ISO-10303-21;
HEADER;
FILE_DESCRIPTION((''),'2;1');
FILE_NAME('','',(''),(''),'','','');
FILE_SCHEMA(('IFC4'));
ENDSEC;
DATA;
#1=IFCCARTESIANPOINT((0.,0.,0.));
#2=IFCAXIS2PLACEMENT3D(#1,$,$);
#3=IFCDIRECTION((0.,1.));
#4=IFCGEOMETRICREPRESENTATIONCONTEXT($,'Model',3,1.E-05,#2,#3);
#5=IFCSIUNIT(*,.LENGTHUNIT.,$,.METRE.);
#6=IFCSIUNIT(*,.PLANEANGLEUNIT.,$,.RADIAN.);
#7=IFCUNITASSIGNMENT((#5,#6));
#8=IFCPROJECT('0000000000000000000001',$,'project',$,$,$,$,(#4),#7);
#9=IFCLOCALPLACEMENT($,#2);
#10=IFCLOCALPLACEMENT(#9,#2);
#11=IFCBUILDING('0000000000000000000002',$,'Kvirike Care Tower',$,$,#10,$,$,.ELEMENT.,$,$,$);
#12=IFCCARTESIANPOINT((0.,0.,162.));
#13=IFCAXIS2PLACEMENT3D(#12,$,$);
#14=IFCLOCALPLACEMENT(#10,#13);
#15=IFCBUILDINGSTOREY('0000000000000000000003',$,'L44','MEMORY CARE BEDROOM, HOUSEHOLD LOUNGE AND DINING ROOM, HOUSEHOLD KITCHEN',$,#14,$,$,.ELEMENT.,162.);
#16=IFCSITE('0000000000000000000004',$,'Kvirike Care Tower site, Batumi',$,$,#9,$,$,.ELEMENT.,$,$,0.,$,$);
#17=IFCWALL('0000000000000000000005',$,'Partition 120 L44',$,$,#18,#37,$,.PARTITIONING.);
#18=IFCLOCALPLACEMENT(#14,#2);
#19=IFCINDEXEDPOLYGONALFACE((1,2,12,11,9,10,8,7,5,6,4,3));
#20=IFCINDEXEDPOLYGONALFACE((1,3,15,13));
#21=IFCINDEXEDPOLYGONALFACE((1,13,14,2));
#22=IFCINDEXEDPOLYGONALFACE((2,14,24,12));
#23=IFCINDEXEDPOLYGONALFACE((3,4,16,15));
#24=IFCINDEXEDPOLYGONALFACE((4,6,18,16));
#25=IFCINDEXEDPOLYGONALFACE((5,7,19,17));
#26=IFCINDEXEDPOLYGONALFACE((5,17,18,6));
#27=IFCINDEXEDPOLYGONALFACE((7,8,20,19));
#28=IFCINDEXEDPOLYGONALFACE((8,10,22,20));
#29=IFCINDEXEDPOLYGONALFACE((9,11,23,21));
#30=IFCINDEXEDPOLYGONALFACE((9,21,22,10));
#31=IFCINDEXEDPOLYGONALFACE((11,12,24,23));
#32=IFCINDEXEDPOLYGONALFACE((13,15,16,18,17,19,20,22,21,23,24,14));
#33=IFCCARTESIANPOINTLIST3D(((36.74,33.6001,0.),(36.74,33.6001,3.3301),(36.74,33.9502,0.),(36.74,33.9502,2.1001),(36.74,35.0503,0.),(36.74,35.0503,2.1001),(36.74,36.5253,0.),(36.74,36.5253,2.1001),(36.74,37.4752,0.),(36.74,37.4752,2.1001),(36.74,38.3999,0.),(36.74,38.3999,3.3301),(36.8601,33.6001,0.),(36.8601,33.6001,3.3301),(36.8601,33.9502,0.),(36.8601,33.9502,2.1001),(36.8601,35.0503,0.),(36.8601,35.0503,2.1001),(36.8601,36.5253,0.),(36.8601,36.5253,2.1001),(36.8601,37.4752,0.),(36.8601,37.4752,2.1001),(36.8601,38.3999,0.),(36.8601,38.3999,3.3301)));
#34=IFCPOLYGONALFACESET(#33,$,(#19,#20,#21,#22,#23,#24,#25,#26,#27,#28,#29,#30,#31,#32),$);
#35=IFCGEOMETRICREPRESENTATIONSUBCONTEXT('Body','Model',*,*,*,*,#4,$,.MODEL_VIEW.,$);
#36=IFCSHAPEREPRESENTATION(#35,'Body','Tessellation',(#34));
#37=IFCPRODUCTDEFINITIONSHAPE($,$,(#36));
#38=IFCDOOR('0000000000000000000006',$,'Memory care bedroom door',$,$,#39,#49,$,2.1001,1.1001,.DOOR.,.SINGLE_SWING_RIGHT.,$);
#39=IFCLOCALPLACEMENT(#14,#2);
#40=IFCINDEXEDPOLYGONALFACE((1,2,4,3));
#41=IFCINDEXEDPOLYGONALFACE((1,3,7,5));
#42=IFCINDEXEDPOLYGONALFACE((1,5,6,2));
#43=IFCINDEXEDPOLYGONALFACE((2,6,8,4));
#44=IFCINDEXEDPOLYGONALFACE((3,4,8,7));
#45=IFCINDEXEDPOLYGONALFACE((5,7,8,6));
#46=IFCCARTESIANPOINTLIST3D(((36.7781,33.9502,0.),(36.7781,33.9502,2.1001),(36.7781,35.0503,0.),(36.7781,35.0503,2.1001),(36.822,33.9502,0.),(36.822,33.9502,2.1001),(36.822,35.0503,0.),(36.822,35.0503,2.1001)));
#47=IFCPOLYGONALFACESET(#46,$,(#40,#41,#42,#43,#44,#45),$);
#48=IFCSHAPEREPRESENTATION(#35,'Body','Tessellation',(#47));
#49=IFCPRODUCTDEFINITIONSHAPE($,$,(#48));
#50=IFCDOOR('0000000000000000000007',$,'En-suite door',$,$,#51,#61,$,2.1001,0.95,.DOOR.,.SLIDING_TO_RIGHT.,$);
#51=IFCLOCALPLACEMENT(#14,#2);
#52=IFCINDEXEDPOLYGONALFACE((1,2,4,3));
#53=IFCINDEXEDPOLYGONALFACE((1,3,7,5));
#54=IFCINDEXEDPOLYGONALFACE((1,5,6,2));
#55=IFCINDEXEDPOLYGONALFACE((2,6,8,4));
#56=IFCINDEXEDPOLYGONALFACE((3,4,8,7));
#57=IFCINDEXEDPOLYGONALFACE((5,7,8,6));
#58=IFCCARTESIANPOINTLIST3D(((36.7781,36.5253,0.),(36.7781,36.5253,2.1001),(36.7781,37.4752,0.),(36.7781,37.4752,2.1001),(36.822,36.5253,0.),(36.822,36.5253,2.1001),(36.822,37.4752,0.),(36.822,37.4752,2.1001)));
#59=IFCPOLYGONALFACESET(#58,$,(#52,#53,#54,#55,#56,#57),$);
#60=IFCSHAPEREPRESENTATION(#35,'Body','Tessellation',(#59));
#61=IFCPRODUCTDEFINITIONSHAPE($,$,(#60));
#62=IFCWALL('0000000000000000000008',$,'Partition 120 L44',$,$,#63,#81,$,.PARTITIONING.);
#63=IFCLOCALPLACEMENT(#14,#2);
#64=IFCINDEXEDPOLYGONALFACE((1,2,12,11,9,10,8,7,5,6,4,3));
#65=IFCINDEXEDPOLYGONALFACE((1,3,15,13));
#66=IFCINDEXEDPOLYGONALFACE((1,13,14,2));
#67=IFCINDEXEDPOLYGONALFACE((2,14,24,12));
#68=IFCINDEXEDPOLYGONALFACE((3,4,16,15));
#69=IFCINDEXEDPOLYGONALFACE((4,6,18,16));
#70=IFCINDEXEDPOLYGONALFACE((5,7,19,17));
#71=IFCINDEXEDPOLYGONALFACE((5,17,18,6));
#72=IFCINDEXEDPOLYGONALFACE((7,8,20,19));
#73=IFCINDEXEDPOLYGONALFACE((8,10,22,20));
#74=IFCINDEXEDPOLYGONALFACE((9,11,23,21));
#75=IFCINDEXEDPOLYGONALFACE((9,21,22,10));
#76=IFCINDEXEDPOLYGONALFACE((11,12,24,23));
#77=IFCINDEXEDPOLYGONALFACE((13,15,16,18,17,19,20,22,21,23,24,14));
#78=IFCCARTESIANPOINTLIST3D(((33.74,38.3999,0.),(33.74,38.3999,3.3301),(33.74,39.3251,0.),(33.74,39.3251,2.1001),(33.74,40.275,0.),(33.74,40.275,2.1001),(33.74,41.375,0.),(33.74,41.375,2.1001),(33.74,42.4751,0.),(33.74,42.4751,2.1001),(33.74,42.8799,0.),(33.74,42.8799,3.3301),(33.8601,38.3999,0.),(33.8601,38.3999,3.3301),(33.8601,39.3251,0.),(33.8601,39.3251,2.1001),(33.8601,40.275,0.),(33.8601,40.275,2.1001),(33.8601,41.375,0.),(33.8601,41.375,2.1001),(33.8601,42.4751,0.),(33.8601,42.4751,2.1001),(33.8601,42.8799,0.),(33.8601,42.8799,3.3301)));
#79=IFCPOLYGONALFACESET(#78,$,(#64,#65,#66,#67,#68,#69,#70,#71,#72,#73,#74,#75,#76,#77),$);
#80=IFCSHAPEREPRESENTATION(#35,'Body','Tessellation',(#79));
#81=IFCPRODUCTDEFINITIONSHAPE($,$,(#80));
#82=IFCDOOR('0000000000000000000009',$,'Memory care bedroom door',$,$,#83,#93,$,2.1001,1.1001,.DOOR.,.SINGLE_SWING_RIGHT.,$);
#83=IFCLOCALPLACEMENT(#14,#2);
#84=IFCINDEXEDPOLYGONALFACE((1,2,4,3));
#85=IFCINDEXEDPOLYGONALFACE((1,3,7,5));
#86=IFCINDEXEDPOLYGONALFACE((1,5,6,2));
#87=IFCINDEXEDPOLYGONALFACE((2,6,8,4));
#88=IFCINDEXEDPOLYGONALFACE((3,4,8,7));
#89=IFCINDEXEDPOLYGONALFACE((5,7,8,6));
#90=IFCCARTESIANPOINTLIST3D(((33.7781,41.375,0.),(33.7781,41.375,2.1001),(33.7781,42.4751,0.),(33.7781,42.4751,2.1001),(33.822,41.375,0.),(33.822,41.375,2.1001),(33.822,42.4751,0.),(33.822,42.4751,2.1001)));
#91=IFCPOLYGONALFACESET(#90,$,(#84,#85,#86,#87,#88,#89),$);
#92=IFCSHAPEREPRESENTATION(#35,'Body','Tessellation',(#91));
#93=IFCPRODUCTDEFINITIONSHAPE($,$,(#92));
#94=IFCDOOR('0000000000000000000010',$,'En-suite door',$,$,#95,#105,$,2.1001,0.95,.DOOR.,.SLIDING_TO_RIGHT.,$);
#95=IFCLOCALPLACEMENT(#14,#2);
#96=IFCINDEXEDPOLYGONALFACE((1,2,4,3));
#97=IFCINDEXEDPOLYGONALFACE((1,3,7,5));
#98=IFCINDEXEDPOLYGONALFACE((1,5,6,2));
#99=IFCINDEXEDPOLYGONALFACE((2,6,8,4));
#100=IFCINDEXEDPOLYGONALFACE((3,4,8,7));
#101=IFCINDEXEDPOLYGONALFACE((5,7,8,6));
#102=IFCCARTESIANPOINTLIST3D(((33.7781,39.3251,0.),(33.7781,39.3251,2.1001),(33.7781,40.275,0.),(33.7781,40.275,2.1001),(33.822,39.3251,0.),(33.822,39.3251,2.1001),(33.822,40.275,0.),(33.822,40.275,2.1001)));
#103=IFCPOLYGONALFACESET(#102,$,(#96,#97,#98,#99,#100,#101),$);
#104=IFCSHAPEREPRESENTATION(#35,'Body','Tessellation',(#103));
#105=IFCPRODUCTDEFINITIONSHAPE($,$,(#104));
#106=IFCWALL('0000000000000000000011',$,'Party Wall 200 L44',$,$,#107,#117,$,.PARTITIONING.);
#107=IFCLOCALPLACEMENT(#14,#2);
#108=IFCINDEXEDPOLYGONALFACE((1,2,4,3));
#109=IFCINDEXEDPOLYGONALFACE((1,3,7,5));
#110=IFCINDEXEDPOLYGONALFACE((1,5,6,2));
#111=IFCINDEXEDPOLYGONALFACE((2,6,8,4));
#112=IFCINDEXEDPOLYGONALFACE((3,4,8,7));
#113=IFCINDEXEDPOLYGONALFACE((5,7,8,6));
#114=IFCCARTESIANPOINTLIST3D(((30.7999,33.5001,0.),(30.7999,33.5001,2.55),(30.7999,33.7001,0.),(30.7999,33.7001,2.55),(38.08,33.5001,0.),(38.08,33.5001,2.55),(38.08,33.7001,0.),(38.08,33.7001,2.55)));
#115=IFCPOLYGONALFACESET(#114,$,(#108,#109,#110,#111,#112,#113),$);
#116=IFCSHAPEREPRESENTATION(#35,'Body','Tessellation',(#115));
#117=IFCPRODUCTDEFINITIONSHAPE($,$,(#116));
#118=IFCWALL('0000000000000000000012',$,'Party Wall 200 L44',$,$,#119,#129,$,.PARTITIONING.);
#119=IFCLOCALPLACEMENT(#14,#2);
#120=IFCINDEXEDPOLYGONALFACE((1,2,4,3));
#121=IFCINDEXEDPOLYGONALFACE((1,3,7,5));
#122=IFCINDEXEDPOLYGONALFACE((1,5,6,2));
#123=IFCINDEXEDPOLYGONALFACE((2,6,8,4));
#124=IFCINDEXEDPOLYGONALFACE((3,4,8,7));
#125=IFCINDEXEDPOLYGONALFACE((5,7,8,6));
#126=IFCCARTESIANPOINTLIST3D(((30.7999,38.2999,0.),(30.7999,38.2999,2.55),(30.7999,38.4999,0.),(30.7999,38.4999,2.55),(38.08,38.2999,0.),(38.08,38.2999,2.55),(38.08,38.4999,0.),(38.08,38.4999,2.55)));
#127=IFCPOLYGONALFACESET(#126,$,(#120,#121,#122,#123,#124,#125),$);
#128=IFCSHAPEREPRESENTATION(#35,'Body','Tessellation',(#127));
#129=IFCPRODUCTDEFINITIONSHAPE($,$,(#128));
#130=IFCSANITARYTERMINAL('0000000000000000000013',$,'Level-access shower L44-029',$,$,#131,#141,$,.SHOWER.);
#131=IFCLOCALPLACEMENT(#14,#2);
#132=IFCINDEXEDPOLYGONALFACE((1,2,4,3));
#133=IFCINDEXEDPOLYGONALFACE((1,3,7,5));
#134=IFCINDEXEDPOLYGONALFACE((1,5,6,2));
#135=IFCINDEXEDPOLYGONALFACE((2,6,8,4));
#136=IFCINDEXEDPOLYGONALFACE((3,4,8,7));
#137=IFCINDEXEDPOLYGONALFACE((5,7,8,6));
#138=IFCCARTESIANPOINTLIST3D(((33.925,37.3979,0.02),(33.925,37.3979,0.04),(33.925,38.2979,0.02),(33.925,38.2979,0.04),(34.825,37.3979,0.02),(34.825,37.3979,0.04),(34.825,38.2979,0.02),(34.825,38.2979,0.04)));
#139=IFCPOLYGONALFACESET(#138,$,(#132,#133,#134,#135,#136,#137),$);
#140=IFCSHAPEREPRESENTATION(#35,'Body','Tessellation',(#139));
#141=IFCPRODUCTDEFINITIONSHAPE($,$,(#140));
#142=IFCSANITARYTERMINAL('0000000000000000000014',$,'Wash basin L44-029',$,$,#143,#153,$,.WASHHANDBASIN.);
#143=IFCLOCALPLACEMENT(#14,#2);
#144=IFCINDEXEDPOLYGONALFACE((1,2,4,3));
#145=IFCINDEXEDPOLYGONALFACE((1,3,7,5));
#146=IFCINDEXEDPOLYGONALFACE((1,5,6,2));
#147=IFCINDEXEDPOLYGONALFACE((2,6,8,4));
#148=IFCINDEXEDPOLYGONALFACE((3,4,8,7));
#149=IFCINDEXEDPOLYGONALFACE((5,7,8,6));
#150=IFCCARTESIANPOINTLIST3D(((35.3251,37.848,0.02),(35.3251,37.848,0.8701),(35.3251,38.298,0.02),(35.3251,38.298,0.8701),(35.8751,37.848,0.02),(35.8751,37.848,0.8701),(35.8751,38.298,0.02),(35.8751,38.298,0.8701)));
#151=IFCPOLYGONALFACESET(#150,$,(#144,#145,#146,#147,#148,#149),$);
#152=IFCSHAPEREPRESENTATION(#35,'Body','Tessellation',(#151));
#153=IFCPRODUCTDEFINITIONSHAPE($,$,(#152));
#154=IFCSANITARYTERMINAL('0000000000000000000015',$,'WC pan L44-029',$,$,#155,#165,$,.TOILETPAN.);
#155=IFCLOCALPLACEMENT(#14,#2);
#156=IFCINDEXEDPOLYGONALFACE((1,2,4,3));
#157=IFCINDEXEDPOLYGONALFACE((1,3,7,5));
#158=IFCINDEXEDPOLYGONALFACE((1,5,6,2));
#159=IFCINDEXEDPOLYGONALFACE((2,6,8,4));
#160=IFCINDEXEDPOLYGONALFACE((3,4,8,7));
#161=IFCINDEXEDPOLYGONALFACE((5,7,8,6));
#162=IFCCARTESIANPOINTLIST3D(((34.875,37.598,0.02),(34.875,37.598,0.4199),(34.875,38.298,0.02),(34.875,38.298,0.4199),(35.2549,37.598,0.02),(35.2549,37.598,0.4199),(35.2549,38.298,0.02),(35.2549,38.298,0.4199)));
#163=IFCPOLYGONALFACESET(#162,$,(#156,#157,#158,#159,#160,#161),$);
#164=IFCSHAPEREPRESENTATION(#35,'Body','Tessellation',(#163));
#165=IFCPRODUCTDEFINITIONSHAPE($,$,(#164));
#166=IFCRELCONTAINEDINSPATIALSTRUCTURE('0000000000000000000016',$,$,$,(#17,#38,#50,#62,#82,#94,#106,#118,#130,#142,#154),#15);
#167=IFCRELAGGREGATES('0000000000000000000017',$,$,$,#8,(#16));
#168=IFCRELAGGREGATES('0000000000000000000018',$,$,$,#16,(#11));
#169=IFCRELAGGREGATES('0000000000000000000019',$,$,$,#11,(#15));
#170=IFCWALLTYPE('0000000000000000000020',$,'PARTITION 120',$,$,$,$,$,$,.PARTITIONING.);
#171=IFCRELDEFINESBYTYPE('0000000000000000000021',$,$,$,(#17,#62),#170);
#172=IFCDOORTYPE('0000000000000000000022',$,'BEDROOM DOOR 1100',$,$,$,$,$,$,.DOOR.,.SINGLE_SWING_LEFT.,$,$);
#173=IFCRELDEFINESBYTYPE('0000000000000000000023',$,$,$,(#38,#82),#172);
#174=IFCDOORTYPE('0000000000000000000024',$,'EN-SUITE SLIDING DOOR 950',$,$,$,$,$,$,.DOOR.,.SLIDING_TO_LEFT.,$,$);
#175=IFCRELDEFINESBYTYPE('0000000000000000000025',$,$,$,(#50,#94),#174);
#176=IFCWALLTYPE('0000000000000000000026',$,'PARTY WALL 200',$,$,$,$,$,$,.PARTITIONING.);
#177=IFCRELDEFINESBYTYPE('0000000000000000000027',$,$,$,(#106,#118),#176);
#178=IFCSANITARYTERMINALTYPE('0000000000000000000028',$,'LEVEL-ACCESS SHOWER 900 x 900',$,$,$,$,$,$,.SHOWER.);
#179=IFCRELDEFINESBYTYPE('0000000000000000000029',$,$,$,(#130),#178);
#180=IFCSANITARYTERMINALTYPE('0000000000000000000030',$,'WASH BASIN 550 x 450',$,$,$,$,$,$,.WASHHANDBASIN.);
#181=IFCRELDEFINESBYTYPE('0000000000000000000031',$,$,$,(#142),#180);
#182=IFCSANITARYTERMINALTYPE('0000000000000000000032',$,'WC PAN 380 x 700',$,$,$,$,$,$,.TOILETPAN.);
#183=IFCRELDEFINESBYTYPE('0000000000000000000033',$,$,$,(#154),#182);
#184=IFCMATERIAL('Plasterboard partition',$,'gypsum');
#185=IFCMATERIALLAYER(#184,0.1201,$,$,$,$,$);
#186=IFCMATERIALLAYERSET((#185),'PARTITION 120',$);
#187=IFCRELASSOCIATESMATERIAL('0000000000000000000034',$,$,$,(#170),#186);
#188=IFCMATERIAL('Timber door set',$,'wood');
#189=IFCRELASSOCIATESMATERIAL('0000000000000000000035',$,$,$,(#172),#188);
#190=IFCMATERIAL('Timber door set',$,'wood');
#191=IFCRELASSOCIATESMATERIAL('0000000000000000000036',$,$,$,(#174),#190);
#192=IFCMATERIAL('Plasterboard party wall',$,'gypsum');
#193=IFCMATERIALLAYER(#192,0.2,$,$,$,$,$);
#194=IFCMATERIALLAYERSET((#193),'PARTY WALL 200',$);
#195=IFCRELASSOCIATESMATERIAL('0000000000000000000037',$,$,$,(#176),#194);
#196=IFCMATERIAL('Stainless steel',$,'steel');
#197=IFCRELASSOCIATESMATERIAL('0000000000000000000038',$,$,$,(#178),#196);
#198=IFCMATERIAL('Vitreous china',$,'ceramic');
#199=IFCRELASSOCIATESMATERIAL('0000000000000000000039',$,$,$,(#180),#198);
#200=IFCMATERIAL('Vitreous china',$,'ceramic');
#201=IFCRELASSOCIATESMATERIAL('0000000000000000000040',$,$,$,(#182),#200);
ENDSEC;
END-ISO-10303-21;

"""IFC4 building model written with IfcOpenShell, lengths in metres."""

from ifc_helpers import new_model, si_unit, direction, frame, frame_2d, origin, origin_2d, place, context, subcontext, project, spatial, rectangle, extrude, material, layer, layer_set, type_object, element, fill, save


model = new_model("IFC4")

# Units and contexts
model_context = context("Model", 3, precision=1e-05, world=origin(), true_north=direction((0.0, 1.0)))
body_context = subcontext(model_context, "Body", "Model", "MODEL_VIEW")
ifc_project = project(units=[si_unit("LENGTHUNIT", "METRE"), si_unit("PLANEANGLEUNIT", "RADIAN")], contexts=[model_context])

# Site, building, storey
site_placement = place(None, origin())
site = spatial("IfcSite", under=ifc_project, at=site_placement, Name="Kvirike Care Tower site, Batumi", CompositionType="ELEMENT", RefElevation=0.0)
building_placement = place(site_placement, origin())
building = spatial("IfcBuilding", under=site, at=building_placement, Name="Kvirike Care Tower", CompositionType="ELEMENT")
storey_placement = place(building_placement, frame((0.0, 0.0, 162.0)))
storey = spatial("IfcBuildingStorey", under=building, at=storey_placement, Name="L44", Description="MEMORY CARE BEDROOM, HOUSEHOLD LOUNGE AND DINING ROOM, HOUSEHOLD KITCHEN", CompositionType="ELEMENT", Elevation=162.0)

# Walls, openings, doors
ifc_material_1 = material(Name="Plasterboard partition", Category="gypsum")
ifc_layer_1 = layer(ifc_material_1, 0.1201)
ifc_layer_set_1 = layer_set([ifc_layer_1], Name="PARTITION 120")
wall_type_1 = type_object("IfcWallType", Name="PARTITION 120", PredefinedType="PARTITIONING", material=ifc_layer_set_1)
wall_1_placement = place(storey_placement, frame((36.8, 33.6001, 0.0), z_axis=(0.0, 0.0, 1.0), x_axis=(0.0, 1.0, 0.0)))
wall_1 = element("IfcWall", 1, at=wall_1_placement, inside=storey, type_object=wall_type_1, Name="Partition 120 L44", PredefinedType="PARTITIONING", context=body_context, shape_type="SweptSolid", body=[
    extrude(rectangle(XDim=4.7998, YDim=0.1201, at=frame_2d((2.3999, 0.0))), origin(), (0.0, 0.0, 1.0), 3.3301),
])
opening_1_placement = place(wall_1_placement, frame((0.3501, 0.0, 0.0)))
opening_1 = element("IfcOpeningElement", 2, at=opening_1_placement, cuts=wall_1, PredefinedType="OPENING", context=body_context, shape_type="SweptSolid", body=[
    extrude(rectangle(XDim=1.1001, YDim=2.1001, at=frame_2d((0.55, 1.05))), frame((0.0, 0.0706, 0.0), z_axis=(0.0, -1.0, 0.0), x_axis=(1.0, 0.0, 0.0)), (0.0, 0.0, 1.0), 0.1411),
])
opening_2_placement = place(wall_1_placement, frame((2.925, 0.0, 0.0)))
opening_2 = element("IfcOpeningElement", 3, at=opening_2_placement, cuts=wall_1, PredefinedType="OPENING", context=body_context, shape_type="SweptSolid", body=[
    extrude(rectangle(XDim=0.95, YDim=2.1001, at=frame_2d((0.4751, 1.05))), frame((0.0, 0.0706, 0.0), z_axis=(0.0, -1.0, 0.0), x_axis=(1.0, 0.0, 0.0)), (0.0, 0.0, 1.0), 0.1411),
])
ifc_material_2 = material(Name="Timber door set", Category="wood")
door_type_1 = type_object("IfcDoorType", Name="BEDROOM DOOR 1100", OperationType="SINGLE_SWING_LEFT", PredefinedType="DOOR", material=ifc_material_2)
door_1_placement = place(opening_1_placement, origin())
door_1 = element("IfcDoor", 4, at=door_1_placement, inside=storey, type_object=door_type_1, Name="Memory care bedroom door", OperationType="SINGLE_SWING_RIGHT", OverallHeight=2.1001, OverallWidth=1.1001, PredefinedType="DOOR", context=body_context, shape_type="SweptSolid", body=[
    extrude(rectangle(XDim=1.1001, YDim=2.1001, at=frame_2d((0.55, 1.05))), frame((0.0, 0.022, 0.0), z_axis=(0.0, -1.0, 0.0), x_axis=(1.0, 0.0, 0.0)), (0.0, 0.0, 1.0), 0.0439),
])
fill(opening_1, door_1)
ifc_material_3 = material(Name="Timber door set", Category="wood")
door_type_2 = type_object("IfcDoorType", Name="EN-SUITE SLIDING DOOR 950", OperationType="SLIDING_TO_LEFT", PredefinedType="DOOR", material=ifc_material_3)
door_2_placement = place(opening_2_placement, origin())
door_2 = element("IfcDoor", 5, at=door_2_placement, inside=storey, type_object=door_type_2, Name="En-suite door", OperationType="SLIDING_TO_RIGHT", OverallHeight=2.1001, OverallWidth=0.95, PredefinedType="DOOR", context=body_context, shape_type="SweptSolid", body=[
    extrude(rectangle(XDim=0.95, YDim=2.1001, at=frame_2d((0.4751, 1.05))), frame((0.0, 0.022, 0.0), z_axis=(0.0, -1.0, 0.0), x_axis=(1.0, 0.0, 0.0)), (0.0, 0.0, 1.0), 0.0439),
])
fill(opening_2, door_2)
wall_2_placement = place(storey_placement, frame((33.8, 38.3999, 0.0), z_axis=(0.0, 0.0, 1.0), x_axis=(0.0, 1.0, 0.0)))
wall_2 = element("IfcWall", 6, at=wall_2_placement, inside=storey, type_object=wall_type_1, Name="Partition 120 L44", PredefinedType="PARTITIONING", context=body_context, shape_type="SweptSolid", body=[
    extrude(rectangle(XDim=4.48, YDim=0.1201, at=frame_2d((2.24, 0.0))), origin(), (0.0, 0.0, 1.0), 3.3301),
])
opening_3_placement = place(wall_2_placement, frame((2.9751, 0.0, 0.0)))
opening_3 = element("IfcOpeningElement", 7, at=opening_3_placement, cuts=wall_2, PredefinedType="OPENING", context=body_context, shape_type="SweptSolid", body=[
    extrude(rectangle(XDim=1.1001, YDim=2.1001, at=frame_2d((0.55, 1.05))), frame((0.0, 0.0706, 0.0), z_axis=(0.0, -1.0, 0.0), x_axis=(1.0, 0.0, 0.0)), (0.0, 0.0, 1.0), 0.1411),
])
opening_4_placement = place(wall_2_placement, frame((0.925, 0.0, 0.0)))
opening_4 = element("IfcOpeningElement", 8, at=opening_4_placement, cuts=wall_2, PredefinedType="OPENING", context=body_context, shape_type="SweptSolid", body=[
    extrude(rectangle(XDim=0.95, YDim=2.1001, at=frame_2d((0.4751, 1.05))), frame((0.0, 0.0706, 0.0), z_axis=(0.0, -1.0, 0.0), x_axis=(1.0, 0.0, 0.0)), (0.0, 0.0, 1.0), 0.1411),
])
door_3_placement = place(opening_3_placement, origin())
door_3 = element("IfcDoor", 9, at=door_3_placement, inside=storey, type_object=door_type_1, Name="Memory care bedroom door", OperationType="SINGLE_SWING_RIGHT", OverallHeight=2.1001, OverallWidth=1.1001, PredefinedType="DOOR", context=body_context, shape_type="SweptSolid", body=[
    extrude(rectangle(XDim=1.1001, YDim=2.1001, at=frame_2d((0.55, 1.05))), frame((0.0, 0.022, 0.0), z_axis=(0.0, -1.0, 0.0), x_axis=(1.0, 0.0, 0.0)), (0.0, 0.0, 1.0), 0.0439),
])
fill(opening_3, door_3)
door_4_placement = place(opening_4_placement, origin())
door_4 = element("IfcDoor", 10, at=door_4_placement, inside=storey, type_object=door_type_2, Name="En-suite door", OperationType="SLIDING_TO_RIGHT", OverallHeight=2.1001, OverallWidth=0.95, PredefinedType="DOOR", context=body_context, shape_type="SweptSolid", body=[
    extrude(rectangle(XDim=0.95, YDim=2.1001, at=frame_2d((0.4751, 1.05))), frame((0.0, 0.022, 0.0), z_axis=(0.0, -1.0, 0.0), x_axis=(1.0, 0.0, 0.0)), (0.0, 0.0, 1.0), 0.0439),
])
fill(opening_4, door_4)

# Walls
ifc_material_4 = material(Name="Plasterboard party wall", Category="gypsum")
ifc_layer_2 = layer(ifc_material_4, 0.2)
ifc_layer_set_2 = layer_set([ifc_layer_2], Name="PARTY WALL 200")
wall_type_2 = type_object("IfcWallType", Name="PARTY WALL 200", PredefinedType="PARTITIONING", material=ifc_layer_set_2)
for number, where, z_axis, x_axis, name in (
    (11, (38.0801, 33.6001, 0.0), (0.0, 0.0, 1.0), (-1.0, 0.0, 0.0), "Party Wall 200 L44"),
    (12, (38.0801, 38.3999, 0.0), (0.0, 0.0, 1.0), (-1.0, 0.0, 0.0), "Party Wall 200 L44"),
):
    element("IfcWall", number, at=place(storey_placement, frame(where, z_axis=z_axis, x_axis=x_axis)), inside=storey, type_object=wall_type_2, Name=name, PredefinedType="PARTITIONING", context=body_context, shape_type="SweptSolid", body=[
        extrude(rectangle(XDim=7.28, YDim=0.2, at=frame_2d((3.6401, 0.0))), origin(), (0.0, 0.0, 1.0), 2.55),
    ])

# Sanitary terminals
ifc_material_5 = material(Name="Stainless steel", Category="steel")
sanitary_terminal_type_1 = type_object("IfcSanitaryTerminalType", Name="LEVEL-ACCESS SHOWER 900 x 900", PredefinedType="SHOWER", material=ifc_material_5)
sanitary_terminal_1_placement = place(storey_placement, frame((34.375, 37.8479, 0.02), z_axis=(0.0, 0.0, 1.0), x_axis=(1.0, 0.0, 0.0)))
element("IfcSanitaryTerminal", 13, at=sanitary_terminal_1_placement, inside=storey, type_object=sanitary_terminal_type_1, Name="Level-access shower L44-029", PredefinedType="SHOWER", context=body_context, shape_type="SweptSolid", body=[
    extrude(rectangle(XDim=0.8999, YDim=0.8999, at=origin_2d()), origin(), (0.0, 0.0, 1.0), 0.02),
])
ifc_material_6 = material(Name="Vitreous china", Category="ceramic")
sanitary_terminal_type_2 = type_object("IfcSanitaryTerminalType", Name="WASH BASIN 550 x 450", PredefinedType="WASHHANDBASIN", material=ifc_material_6)
sanitary_terminal_2_placement = place(storey_placement, frame((35.6001, 38.073, 0.02), z_axis=(0.0, 0.0, 1.0), x_axis=(1.0, 0.0, 0.0)))
element("IfcSanitaryTerminal", 14, at=sanitary_terminal_2_placement, inside=storey, type_object=sanitary_terminal_type_2, Name="Wash basin L44-029", PredefinedType="WASHHANDBASIN", context=body_context, shape_type="SweptSolid", body=[
    extrude(rectangle(XDim=0.55, YDim=0.45, at=origin_2d()), origin(), (0.0, 0.0, 1.0), 0.8501),
])
ifc_material_7 = material(Name="Vitreous china", Category="ceramic")
sanitary_terminal_type_3 = type_object("IfcSanitaryTerminalType", Name="WC PAN 380 x 700", PredefinedType="TOILETPAN", material=ifc_material_7)
sanitary_terminal_3_placement = place(storey_placement, frame((35.0649, 37.948, 0.02), z_axis=(0.0, 0.0, 1.0), x_axis=(1.0, 0.0, 0.0)))
element("IfcSanitaryTerminal", 15, at=sanitary_terminal_3_placement, inside=storey, type_object=sanitary_terminal_type_3, Name="WC pan L44-029", PredefinedType="TOILETPAN", context=body_context, shape_type="SweptSolid", body=[
    extrude(rectangle(XDim=0.3799, YDim=0.7, at=origin_2d()), origin(), (0.0, 0.0, 1.0), 0.3999),
])

save(model, "model.ifc")
